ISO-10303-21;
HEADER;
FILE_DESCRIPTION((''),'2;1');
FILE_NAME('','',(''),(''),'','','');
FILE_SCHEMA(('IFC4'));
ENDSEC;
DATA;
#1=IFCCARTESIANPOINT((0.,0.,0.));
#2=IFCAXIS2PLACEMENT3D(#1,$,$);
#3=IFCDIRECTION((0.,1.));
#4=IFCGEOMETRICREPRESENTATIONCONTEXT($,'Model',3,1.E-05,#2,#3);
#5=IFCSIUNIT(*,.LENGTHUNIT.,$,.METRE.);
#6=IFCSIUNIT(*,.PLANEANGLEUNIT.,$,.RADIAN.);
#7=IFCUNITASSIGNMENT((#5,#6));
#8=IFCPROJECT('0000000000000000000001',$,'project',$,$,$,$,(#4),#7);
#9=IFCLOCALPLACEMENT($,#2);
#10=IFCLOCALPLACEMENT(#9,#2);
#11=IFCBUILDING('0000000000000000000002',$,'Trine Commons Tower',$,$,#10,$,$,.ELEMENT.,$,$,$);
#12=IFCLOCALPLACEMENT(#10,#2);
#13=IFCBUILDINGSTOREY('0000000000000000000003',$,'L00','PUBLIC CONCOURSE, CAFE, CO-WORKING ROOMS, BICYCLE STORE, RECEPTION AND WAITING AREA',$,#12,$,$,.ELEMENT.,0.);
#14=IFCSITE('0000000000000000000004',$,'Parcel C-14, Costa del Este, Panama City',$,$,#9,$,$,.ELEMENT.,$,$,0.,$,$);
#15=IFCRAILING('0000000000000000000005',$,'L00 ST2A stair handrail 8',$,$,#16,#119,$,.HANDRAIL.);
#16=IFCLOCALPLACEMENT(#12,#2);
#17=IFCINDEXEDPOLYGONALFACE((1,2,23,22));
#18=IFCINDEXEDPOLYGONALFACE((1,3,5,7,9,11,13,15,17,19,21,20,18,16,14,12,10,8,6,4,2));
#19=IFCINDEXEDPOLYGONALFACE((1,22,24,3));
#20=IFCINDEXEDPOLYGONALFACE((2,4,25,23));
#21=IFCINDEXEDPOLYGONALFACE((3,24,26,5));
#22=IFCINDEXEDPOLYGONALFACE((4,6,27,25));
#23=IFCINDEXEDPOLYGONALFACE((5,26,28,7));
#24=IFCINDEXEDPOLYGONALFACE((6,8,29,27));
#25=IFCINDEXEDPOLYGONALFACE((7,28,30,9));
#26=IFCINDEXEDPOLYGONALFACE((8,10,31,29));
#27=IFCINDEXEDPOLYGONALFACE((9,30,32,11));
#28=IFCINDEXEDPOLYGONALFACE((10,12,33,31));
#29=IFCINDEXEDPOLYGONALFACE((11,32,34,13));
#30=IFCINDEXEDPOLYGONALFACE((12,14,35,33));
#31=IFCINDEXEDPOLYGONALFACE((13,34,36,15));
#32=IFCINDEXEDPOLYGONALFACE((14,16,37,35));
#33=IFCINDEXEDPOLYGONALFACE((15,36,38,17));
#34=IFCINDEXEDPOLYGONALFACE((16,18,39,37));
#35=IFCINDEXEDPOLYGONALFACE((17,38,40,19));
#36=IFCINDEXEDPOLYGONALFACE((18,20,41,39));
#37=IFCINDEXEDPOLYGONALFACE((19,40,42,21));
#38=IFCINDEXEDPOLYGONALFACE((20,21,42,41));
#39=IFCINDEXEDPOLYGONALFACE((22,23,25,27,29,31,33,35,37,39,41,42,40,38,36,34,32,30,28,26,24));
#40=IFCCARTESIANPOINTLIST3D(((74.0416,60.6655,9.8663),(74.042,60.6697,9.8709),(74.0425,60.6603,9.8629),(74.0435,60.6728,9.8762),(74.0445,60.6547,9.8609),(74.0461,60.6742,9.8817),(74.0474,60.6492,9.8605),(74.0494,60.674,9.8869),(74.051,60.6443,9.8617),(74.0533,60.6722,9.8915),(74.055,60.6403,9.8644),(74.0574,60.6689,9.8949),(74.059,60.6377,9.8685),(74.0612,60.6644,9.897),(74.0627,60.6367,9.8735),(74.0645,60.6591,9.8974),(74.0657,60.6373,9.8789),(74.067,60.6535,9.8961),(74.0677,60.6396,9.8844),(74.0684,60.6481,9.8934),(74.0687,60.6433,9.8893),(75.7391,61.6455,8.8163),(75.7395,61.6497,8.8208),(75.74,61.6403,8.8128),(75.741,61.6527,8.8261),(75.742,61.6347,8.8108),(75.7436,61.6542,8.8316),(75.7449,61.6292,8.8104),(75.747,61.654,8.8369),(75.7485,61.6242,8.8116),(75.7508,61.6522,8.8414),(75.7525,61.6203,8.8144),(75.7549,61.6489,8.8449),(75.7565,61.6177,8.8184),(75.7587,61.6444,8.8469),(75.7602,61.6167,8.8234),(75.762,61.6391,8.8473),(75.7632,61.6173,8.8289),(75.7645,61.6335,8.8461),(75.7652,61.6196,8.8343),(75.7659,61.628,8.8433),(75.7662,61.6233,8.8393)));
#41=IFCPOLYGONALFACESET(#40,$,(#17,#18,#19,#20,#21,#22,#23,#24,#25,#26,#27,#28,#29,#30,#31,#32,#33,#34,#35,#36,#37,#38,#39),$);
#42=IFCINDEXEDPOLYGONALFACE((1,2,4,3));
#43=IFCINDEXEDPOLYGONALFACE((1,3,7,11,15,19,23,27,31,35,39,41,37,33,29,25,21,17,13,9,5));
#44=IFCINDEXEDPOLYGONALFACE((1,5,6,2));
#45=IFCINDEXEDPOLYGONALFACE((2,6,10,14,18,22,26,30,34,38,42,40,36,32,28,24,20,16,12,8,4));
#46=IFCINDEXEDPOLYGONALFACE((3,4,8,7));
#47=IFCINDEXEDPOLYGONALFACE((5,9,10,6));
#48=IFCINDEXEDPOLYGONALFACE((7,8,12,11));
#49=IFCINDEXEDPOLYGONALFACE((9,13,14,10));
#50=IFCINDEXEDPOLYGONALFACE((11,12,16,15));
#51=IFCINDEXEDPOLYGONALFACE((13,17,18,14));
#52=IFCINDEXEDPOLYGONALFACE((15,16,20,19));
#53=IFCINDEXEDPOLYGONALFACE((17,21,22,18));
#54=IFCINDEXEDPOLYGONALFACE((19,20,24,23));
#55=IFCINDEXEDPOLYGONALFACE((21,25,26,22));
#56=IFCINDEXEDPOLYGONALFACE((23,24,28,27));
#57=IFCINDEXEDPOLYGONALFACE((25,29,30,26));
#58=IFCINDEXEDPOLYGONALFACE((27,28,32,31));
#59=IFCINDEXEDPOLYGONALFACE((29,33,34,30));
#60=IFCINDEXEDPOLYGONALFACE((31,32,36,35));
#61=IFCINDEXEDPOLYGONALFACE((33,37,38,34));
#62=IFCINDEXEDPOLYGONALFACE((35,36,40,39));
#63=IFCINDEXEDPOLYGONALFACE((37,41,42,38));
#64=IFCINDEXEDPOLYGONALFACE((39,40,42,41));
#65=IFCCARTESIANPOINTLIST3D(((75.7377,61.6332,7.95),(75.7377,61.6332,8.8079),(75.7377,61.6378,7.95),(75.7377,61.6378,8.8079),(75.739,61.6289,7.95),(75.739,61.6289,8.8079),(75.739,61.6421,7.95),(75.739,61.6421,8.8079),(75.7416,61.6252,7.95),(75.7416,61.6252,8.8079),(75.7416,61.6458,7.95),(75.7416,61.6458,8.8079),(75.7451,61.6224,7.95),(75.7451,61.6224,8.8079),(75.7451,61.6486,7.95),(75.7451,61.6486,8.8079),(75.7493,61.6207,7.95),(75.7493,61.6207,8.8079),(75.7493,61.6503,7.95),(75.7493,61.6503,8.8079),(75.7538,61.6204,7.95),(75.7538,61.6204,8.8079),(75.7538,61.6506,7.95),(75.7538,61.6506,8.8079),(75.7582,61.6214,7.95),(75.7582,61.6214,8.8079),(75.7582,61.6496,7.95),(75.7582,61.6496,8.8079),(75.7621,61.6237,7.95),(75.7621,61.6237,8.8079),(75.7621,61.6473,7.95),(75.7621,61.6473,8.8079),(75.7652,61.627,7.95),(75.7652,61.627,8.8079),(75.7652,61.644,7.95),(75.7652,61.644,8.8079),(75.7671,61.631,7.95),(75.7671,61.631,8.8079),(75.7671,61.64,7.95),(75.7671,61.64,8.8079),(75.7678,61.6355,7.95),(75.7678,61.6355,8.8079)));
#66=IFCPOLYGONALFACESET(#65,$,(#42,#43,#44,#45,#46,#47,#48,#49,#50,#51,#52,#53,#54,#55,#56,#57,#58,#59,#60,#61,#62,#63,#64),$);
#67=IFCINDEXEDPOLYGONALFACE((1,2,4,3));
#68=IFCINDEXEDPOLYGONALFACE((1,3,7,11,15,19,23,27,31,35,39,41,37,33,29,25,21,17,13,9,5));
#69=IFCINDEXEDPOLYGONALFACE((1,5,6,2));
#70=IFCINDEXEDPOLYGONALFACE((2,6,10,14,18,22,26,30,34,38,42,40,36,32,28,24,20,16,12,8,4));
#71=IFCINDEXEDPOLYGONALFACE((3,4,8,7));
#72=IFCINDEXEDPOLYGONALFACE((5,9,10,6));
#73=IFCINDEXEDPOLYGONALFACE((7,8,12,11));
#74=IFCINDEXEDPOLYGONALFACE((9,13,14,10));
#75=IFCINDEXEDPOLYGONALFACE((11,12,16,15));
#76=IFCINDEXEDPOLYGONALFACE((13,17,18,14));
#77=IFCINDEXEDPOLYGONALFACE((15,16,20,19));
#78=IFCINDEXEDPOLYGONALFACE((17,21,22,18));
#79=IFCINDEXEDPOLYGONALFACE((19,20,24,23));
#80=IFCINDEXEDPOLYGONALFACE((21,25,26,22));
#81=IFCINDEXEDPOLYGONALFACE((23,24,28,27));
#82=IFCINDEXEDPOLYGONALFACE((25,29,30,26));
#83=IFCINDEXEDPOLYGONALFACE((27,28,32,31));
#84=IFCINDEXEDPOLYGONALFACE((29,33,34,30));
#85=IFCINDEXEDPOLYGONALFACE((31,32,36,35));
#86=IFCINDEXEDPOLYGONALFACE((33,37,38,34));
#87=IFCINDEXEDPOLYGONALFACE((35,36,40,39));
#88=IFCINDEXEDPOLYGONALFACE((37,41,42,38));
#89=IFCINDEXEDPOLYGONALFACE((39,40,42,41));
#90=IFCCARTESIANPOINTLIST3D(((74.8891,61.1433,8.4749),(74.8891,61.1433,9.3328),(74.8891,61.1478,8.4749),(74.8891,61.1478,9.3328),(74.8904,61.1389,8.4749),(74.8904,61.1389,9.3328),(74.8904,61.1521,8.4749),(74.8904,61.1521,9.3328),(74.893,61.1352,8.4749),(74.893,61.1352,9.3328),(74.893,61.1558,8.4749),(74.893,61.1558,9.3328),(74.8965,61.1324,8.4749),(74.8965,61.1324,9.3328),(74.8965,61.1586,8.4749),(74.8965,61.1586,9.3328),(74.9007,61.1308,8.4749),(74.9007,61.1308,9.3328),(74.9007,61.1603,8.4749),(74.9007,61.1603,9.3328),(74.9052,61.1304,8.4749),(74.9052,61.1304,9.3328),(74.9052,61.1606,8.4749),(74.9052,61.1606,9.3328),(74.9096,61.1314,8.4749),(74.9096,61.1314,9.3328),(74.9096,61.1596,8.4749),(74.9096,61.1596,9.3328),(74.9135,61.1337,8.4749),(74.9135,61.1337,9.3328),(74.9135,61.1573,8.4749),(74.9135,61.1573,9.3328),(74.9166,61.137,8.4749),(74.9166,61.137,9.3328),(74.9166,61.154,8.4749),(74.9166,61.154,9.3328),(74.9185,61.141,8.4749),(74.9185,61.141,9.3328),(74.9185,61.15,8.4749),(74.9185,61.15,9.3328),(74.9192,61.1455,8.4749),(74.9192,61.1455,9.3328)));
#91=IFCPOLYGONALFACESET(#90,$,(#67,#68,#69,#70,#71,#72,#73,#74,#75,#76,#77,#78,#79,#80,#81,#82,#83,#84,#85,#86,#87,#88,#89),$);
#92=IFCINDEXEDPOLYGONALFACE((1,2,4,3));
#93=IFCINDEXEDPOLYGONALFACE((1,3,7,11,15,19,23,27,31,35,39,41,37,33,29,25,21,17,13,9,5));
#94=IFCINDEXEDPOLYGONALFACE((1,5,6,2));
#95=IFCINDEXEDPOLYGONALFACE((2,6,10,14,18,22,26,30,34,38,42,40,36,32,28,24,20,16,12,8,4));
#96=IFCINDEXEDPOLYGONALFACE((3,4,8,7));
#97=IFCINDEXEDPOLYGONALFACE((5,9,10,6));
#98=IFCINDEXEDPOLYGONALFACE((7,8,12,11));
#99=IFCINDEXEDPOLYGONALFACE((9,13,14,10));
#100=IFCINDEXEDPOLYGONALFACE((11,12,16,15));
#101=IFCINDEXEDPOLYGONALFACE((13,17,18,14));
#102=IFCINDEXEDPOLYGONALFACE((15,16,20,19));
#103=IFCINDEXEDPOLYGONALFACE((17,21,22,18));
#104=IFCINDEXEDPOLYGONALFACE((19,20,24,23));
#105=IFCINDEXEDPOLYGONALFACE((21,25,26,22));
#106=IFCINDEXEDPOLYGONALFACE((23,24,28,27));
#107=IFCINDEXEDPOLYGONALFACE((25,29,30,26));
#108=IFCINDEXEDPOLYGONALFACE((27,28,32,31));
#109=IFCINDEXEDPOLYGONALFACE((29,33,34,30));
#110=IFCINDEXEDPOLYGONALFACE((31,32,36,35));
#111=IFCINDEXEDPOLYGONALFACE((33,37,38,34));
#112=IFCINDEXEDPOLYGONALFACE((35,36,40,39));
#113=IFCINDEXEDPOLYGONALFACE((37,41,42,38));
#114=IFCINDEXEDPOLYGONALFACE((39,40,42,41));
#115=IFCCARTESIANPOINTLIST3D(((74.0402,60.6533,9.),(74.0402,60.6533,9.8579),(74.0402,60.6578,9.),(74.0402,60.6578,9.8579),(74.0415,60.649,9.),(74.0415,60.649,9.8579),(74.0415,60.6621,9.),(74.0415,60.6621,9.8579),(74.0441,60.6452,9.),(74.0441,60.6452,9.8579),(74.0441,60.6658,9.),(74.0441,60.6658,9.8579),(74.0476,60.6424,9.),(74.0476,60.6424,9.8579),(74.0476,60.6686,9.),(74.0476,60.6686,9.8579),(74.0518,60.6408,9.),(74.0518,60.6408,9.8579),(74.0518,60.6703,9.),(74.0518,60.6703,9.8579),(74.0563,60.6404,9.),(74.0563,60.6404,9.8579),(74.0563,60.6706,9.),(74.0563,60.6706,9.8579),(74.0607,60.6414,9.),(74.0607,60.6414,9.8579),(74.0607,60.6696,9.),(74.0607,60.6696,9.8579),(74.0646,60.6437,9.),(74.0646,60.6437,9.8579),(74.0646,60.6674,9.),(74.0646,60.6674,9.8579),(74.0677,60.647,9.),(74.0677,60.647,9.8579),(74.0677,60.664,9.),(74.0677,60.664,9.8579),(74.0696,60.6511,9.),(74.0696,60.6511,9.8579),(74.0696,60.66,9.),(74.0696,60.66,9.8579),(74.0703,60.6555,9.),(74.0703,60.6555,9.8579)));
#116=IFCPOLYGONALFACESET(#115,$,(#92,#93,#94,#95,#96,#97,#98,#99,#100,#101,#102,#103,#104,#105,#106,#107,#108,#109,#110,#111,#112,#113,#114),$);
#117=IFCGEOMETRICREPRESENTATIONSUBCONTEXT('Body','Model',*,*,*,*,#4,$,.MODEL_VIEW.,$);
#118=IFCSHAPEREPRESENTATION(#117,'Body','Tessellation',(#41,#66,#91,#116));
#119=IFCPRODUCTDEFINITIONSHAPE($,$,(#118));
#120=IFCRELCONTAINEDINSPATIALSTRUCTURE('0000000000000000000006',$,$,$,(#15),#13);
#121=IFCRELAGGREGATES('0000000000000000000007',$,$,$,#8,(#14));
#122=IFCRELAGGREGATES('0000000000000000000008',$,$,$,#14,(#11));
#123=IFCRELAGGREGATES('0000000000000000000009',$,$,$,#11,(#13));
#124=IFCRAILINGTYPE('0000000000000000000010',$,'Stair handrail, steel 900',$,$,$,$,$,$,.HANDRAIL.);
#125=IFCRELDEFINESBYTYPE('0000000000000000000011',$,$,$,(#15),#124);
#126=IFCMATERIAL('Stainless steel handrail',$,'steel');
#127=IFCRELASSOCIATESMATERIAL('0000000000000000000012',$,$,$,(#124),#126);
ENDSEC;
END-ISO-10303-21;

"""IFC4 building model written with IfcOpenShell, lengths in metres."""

from ifc_helpers import new_model, si_unit, direction, frame, origin, origin_2d, place, context, subcontext, project, spatial, circle, extrude, material, type_object, element, save


model = new_model("IFC4")

# Units and contexts
model_context = context("Model", 3, precision=1e-05, world=origin(), true_north=direction((0.0, 1.0)))
body_context = subcontext(model_context, "Body", "Model", "MODEL_VIEW")
ifc_project = project(units=[si_unit("LENGTHUNIT", "METRE"), si_unit("PLANEANGLEUNIT", "RADIAN")], contexts=[model_context])

# Site, building, storey
site_placement = place(None, origin())
site = spatial("IfcSite", under=ifc_project, at=site_placement, Name="Parcel C-14, Costa del Este, Panama City", CompositionType="ELEMENT", RefElevation=0.0)
building_placement = place(site_placement, origin())
building = spatial("IfcBuilding", under=site, at=building_placement, Name="Trine Commons Tower", CompositionType="ELEMENT")
storey_placement = place(building_placement, origin())
storey = spatial("IfcBuildingStorey", under=building, at=storey_placement, Name="L00", Description="PUBLIC CONCOURSE, CAFE, CO-WORKING ROOMS, BICYCLE STORE, RECEPTION AND WAITING AREA", CompositionType="ELEMENT", Elevation=0.0)

# Railing
ifc_material_1 = material(Name="Stainless steel handrail", Category="steel")
railing_type_1 = type_object("IfcRailingType", Name="Stair handrail, steel 900", PredefinedType="HANDRAIL", material=ifc_material_1)
railing_1_placement = place(storey_placement, frame((75.7527, 61.6355, 7.95)))
element("IfcRailing", 1, at=railing_1_placement, inside=storey, type_object=railing_type_1, Name="L00 ST2A stair handrail 8", PredefinedType="HANDRAIL", context=body_context, shape_type="SweptSolid", body=[
    extrude(circle(Radius=0.021, at=origin_2d()), frame((0.0, 0.0, 0.8789), z_axis=(-0.763398, -0.440713, 0.472224), x_axis=(0.49997, -0.866042, 0.0)), (0.0, 0.0, 1.0), 2.2236),
    extrude(circle(Radius=0.0151, at=origin_2d()), origin(), (0.0, 0.0, 1.0), 0.8579),
    extrude(circle(Radius=0.0151, at=origin_2d()), frame((-0.8486, -0.49, 0.5249)), (0.0, 0.0, 1.0), 0.8579),
    extrude(circle(Radius=0.0151, at=origin_2d()), frame((-1.6975, -0.98, 1.05)), (0.0, 0.0, 1.0), 0.8579),
])

save(model, "model.ifc")
